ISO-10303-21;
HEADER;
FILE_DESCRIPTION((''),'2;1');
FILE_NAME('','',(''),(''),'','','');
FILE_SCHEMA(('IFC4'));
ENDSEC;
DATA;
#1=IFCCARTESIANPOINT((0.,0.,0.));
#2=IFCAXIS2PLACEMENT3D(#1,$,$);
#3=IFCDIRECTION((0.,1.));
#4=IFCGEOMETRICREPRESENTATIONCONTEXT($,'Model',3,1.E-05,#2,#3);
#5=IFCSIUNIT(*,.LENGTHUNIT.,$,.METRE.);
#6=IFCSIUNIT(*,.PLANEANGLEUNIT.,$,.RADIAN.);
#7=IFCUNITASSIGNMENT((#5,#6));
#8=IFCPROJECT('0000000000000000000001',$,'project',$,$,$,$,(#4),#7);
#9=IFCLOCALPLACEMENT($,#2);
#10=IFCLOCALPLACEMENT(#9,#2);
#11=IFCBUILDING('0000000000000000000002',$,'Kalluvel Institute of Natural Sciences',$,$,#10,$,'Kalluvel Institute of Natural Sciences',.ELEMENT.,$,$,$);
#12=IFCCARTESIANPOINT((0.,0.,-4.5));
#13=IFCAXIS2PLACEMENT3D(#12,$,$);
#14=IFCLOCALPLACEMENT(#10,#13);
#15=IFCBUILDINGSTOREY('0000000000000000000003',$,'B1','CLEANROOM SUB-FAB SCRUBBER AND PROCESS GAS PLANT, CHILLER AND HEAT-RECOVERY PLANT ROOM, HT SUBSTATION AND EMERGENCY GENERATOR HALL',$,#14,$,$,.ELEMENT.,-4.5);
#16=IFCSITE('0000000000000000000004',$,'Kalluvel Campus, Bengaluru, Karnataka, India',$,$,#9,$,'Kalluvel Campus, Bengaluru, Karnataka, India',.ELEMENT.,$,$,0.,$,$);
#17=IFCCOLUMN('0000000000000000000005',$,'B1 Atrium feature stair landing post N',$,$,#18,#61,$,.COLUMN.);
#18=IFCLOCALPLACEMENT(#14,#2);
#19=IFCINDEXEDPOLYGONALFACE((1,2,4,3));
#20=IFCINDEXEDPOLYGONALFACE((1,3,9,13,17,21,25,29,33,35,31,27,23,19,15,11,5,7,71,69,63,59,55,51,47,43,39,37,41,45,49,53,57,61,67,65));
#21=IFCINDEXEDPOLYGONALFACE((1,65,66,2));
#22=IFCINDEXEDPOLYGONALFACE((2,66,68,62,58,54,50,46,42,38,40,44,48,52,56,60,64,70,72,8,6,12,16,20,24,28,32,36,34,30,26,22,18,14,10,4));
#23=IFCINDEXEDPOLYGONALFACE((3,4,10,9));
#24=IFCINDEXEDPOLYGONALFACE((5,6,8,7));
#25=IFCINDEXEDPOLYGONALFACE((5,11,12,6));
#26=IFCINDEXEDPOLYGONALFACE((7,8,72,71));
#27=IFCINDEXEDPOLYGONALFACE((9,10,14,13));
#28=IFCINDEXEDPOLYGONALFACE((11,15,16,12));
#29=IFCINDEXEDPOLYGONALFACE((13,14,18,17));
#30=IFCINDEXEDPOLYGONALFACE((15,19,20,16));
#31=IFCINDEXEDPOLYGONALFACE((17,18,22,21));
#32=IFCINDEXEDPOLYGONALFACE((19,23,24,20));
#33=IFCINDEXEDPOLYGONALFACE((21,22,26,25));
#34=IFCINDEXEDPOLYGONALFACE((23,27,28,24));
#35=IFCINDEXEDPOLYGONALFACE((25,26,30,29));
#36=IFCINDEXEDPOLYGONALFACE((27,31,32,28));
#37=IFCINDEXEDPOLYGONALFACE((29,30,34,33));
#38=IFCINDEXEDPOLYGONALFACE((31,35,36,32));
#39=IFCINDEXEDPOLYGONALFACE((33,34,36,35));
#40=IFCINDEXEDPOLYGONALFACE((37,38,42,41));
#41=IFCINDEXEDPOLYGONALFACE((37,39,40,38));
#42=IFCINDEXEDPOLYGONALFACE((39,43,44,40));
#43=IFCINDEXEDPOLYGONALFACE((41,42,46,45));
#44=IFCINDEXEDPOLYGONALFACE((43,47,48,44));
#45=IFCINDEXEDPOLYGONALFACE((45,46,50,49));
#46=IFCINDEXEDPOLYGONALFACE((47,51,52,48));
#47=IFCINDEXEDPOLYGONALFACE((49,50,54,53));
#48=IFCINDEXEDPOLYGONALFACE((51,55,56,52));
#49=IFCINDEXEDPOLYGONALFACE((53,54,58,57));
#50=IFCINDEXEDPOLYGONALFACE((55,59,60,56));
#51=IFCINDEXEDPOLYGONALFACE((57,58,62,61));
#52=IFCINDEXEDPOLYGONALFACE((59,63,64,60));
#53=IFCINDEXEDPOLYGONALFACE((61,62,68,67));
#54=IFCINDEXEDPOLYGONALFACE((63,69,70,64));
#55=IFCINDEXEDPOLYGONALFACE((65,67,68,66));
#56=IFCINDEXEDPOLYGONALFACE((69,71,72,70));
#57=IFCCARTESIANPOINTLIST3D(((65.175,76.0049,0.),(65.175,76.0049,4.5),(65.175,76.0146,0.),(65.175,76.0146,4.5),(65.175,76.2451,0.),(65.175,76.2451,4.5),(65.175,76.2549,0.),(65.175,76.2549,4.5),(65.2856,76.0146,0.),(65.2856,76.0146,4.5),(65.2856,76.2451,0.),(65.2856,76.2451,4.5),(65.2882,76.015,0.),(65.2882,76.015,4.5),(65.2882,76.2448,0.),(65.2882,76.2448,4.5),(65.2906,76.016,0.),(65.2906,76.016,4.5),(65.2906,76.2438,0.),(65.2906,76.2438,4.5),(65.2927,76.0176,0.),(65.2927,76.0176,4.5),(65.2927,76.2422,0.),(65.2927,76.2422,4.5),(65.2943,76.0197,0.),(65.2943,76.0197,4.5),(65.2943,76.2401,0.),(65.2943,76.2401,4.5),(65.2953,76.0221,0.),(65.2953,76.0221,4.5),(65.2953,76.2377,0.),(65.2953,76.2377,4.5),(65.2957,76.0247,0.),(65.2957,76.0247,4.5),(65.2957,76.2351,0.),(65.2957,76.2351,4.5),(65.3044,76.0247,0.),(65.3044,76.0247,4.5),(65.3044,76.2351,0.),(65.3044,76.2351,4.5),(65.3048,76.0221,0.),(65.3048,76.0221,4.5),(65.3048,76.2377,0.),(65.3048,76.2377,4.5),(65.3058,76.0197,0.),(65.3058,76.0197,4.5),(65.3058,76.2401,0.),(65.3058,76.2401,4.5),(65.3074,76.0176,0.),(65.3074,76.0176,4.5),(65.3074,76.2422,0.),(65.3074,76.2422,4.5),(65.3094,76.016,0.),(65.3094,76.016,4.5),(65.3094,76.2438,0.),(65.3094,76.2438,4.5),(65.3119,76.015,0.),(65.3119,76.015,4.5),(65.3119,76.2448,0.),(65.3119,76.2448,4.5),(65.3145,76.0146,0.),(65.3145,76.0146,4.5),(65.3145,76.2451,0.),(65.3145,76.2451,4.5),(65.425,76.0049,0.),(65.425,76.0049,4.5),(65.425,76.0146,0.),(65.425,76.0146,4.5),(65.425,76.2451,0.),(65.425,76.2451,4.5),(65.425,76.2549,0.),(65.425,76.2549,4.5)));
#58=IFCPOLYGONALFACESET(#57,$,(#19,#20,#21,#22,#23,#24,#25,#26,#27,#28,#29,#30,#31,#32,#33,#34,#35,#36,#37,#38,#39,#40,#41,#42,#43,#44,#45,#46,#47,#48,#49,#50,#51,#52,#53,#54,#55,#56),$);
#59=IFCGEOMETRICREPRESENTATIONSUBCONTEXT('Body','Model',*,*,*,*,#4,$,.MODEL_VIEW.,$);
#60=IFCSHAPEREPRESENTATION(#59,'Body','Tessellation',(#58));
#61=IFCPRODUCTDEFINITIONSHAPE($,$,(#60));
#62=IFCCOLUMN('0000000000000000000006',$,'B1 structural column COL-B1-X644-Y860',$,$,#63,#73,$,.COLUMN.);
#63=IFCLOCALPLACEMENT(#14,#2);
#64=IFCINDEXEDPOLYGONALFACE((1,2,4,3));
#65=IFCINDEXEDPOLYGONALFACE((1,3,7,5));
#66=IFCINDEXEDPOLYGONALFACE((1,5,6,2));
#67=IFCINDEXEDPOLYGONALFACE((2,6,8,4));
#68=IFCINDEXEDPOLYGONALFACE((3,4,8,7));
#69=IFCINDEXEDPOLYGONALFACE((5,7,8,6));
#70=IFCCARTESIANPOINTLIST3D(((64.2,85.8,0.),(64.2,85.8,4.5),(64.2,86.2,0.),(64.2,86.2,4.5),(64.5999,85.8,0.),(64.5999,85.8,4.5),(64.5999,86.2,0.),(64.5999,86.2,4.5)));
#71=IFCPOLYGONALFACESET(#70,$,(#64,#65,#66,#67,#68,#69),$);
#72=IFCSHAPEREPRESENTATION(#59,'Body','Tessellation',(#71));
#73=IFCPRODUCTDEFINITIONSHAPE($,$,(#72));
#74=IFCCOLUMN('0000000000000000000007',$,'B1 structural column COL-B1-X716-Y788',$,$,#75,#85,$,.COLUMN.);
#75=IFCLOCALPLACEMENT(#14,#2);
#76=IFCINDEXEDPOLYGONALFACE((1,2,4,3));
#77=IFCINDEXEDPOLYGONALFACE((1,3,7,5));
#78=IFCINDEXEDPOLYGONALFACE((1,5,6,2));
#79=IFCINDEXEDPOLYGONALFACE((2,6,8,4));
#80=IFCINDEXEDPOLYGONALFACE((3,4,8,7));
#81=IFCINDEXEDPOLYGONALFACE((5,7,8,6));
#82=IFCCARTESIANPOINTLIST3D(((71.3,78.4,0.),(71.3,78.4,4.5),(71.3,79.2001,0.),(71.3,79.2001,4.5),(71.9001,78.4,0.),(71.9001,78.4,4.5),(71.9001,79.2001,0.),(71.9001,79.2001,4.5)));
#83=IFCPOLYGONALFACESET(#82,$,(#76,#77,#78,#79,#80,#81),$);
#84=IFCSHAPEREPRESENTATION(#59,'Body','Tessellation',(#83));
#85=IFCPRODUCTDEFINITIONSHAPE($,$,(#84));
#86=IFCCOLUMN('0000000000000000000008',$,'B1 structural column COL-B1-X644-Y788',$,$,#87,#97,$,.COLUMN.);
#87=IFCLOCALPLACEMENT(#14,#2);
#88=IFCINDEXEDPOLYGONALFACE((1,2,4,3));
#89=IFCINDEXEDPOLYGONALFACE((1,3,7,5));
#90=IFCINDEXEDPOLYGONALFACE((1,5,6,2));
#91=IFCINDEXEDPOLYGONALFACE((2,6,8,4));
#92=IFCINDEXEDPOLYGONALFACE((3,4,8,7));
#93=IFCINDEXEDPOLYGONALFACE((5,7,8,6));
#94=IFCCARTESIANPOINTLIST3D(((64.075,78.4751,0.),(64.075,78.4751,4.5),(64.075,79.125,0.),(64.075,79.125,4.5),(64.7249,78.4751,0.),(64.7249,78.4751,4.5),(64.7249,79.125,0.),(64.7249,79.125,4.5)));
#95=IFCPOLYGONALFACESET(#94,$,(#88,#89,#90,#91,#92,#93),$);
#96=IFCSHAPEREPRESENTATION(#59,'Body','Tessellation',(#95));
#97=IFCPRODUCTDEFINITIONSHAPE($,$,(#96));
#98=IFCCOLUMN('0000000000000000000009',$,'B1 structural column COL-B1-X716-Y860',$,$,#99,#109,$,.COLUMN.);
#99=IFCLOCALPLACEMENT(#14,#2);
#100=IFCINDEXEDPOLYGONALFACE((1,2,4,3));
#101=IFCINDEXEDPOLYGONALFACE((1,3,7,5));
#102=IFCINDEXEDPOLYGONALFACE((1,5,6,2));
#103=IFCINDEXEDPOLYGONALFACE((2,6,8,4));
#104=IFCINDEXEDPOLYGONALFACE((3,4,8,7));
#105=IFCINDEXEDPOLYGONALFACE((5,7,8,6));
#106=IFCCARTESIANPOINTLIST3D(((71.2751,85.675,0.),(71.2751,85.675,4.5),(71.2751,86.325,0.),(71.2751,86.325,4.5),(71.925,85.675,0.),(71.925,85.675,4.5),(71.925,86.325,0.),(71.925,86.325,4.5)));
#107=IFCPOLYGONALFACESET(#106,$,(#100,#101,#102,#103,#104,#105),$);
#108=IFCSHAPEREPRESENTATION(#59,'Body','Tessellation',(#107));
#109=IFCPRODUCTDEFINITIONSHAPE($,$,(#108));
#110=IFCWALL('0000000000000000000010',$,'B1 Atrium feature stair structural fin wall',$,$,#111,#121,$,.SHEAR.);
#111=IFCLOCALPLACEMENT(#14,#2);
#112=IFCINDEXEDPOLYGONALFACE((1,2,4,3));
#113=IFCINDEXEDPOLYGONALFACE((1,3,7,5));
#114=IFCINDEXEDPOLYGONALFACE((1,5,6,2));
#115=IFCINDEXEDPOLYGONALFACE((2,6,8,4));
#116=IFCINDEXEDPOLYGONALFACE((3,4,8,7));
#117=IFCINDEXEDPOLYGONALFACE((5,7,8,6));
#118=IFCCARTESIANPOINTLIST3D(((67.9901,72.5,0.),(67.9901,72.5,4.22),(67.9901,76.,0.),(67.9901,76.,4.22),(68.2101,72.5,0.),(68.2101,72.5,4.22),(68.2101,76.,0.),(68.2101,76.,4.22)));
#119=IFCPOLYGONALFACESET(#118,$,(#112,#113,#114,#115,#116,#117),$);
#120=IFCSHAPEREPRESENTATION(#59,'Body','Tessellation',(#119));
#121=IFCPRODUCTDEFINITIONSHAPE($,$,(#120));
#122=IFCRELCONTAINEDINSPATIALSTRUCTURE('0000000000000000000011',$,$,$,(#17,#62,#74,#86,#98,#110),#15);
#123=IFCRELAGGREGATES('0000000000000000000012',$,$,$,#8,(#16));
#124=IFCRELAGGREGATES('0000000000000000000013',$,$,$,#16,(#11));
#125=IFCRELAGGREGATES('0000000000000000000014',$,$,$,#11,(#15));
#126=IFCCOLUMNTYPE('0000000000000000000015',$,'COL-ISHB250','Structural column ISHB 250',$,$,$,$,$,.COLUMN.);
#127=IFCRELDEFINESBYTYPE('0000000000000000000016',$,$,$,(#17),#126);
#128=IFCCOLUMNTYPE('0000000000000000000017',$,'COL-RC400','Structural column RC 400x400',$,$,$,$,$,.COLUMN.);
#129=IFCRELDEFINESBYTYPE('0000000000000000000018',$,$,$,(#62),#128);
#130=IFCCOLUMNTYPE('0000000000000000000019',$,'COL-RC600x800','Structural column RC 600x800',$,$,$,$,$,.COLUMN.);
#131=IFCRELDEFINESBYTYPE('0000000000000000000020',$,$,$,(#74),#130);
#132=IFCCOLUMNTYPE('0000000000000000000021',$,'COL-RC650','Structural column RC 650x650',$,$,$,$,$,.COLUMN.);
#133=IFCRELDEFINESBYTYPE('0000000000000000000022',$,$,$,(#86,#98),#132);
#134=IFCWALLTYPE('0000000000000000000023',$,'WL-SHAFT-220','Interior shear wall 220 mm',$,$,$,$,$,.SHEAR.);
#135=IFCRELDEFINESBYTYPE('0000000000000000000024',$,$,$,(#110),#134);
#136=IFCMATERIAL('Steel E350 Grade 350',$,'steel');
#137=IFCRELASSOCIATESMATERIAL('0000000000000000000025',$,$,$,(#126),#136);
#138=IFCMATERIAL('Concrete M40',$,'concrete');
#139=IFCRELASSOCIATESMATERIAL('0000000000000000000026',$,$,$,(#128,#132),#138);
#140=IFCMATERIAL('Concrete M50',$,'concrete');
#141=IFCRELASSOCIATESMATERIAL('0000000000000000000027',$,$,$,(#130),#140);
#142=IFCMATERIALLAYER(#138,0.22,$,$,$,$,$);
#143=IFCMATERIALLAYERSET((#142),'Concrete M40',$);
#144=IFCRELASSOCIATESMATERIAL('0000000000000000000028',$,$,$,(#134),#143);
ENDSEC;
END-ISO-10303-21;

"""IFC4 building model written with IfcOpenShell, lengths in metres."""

from ifc_helpers import new_model, si_unit, direction, frame, frame_2d, origin, origin_2d, place, context, subcontext, project, spatial, rectangle, i_section, extrude, material, layer, layer_set, material_profile, profile_set, type_object, element, save


model = new_model("IFC4")

# Units and contexts
model_context = context("Model", 3, precision=1e-05, world=origin(), true_north=direction((0.0, 1.0)))
body_context = subcontext(model_context, "Body", "Model", "MODEL_VIEW")
ifc_project = project(units=[si_unit("LENGTHUNIT", "METRE"), si_unit("PLANEANGLEUNIT", "RADIAN")], contexts=[model_context])

# Site, building, storey
site_placement = place(None, origin())
site = spatial("IfcSite", under=ifc_project, at=site_placement, Name="Kalluvel Campus, Bengaluru, Karnataka, India", LongName="Kalluvel Campus, Bengaluru, Karnataka, India", CompositionType="ELEMENT", RefElevation=0.0)
building_placement = place(site_placement, origin())
building = spatial("IfcBuilding", under=site, at=building_placement, Name="Kalluvel Institute of Natural Sciences", LongName="Kalluvel Institute of Natural Sciences", CompositionType="ELEMENT")
storey_placement = place(building_placement, frame((0.0, 0.0, -4.5)))
storey = spatial("IfcBuildingStorey", under=building, at=storey_placement, Name="B1", Description="CLEANROOM SUB-FAB SCRUBBER AND PROCESS GAS PLANT, CHILLER AND HEAT-RECOVERY PLANT ROOM, HT SUBSTATION AND EMERGENCY GENERATOR HALL", CompositionType="ELEMENT", Elevation=-4.5)

# Shared definitions
ifc_material_1 = material(Name="Concrete M40", Category="concrete")

# Columns
ifc_material_2 = material(Name="Steel E350 Grade 350", Category="steel")
ifc_material_profile_1 = material_profile(ifc_material_2, i_section(OverallWidth=0.25, OverallDepth=0.25, WebThickness=0.0088, FlangeThickness=0.0098, FilletRadius=0.01, at=origin_2d()), Name="ISHB 250")
ifc_profile_set_1 = profile_set([ifc_material_profile_1], Name="Steel E350 Grade 350")
column_type_1 = type_object("IfcColumnType", Name="COL-ISHB250", Description="Structural column ISHB 250", PredefinedType="COLUMN", material=ifc_profile_set_1)
for number, where, z_axis, x_axis, name in (
    (1, (65.3, 76.1299, 0.0), (0.0, 0.0, 1.0), (1.0, 0.0, 0.0), "B1 Atrium feature stair landing post N"),
):
    element("IfcColumn", number, at=place(storey_placement, frame(where, z_axis=z_axis, x_axis=x_axis)), inside=storey, type_object=column_type_1, Name=name, PredefinedType="COLUMN", context=body_context, shape_type="SweptSolid", body=[
        extrude(i_section(OverallWidth=0.25, OverallDepth=0.25, WebThickness=0.0088, FlangeThickness=0.0098, FilletRadius=0.01, at=origin_2d()), origin(), (0.0, 0.0, 1.0), 4.5),
    ])
ifc_material_profile_2 = material_profile(ifc_material_1, rectangle(XDim=0.3999, YDim=0.3999, at=origin_2d()), Name="RC 400x400")
ifc_profile_set_2 = profile_set([ifc_material_profile_2], Name="Concrete M40")
column_type_2 = type_object("IfcColumnType", Name="COL-RC400", Description="Structural column RC 400x400", PredefinedType="COLUMN", material=ifc_profile_set_2)
column_1_placement = place(storey_placement, frame((64.3999, 86.0, 0.0), z_axis=(0.0, 0.0, 1.0), x_axis=(1.0, 0.0, 0.0)))
element("IfcColumn", 2, at=column_1_placement, inside=storey, type_object=column_type_2, Name="B1 structural column COL-B1-X644-Y860", PredefinedType="COLUMN", context=body_context, shape_type="SweptSolid", body=[
    extrude(rectangle(XDim=0.3999, YDim=0.3999, at=origin_2d()), origin(), (0.0, 0.0, 1.0), 4.5),
])
ifc_material_3 = material(Name="Concrete M50", Category="concrete")
ifc_material_profile_3 = material_profile(ifc_material_3, rectangle(XDim=0.6001, YDim=0.8, at=origin_2d()), Name="RC 600x800")
ifc_profile_set_3 = profile_set([ifc_material_profile_3], Name="Concrete M50")
column_type_3 = type_object("IfcColumnType", Name="COL-RC600x800", Description="Structural column RC 600x800", PredefinedType="COLUMN", material=ifc_profile_set_3)
column_2_placement = place(storey_placement, frame((71.6001, 78.8, 0.0), z_axis=(0.0, 0.0, 1.0), x_axis=(1.0, 0.0, 0.0)))
element("IfcColumn", 3, at=column_2_placement, inside=storey, type_object=column_type_3, Name="B1 structural column COL-B1-X716-Y788", PredefinedType="COLUMN", context=body_context, shape_type="SweptSolid", body=[
    extrude(rectangle(XDim=0.6001, YDim=0.8, at=origin_2d()), origin(), (0.0, 0.0, 1.0), 4.5),
])
ifc_material_profile_4 = material_profile(ifc_material_1, rectangle(XDim=0.6499, YDim=0.6499, at=origin_2d()), Name="RC 650x650")
ifc_profile_set_4 = profile_set([ifc_material_profile_4], Name="Concrete M40")
column_type_4 = type_object("IfcColumnType", Name="COL-RC650", Description="Structural column RC 650x650", PredefinedType="COLUMN", material=ifc_profile_set_4)
for number, where, z_axis, x_axis, name in (
    (4, (64.3999, 78.8, 0.0), (0.0, 0.0, 1.0), (1.0, 0.0, 0.0), "B1 structural column COL-B1-X644-Y788"),
    (5, (71.6001, 86.0, 0.0), (0.0, 0.0, 1.0), (1.0, 0.0, 0.0), "B1 structural column COL-B1-X716-Y860"),
):
    element("IfcColumn", number, at=place(storey_placement, frame(where, z_axis=z_axis, x_axis=x_axis)), inside=storey, type_object=column_type_4, Name=name, PredefinedType="COLUMN", context=body_context, shape_type="SweptSolid", body=[
        extrude(rectangle(XDim=0.6499, YDim=0.6499, at=origin_2d()), origin(), (0.0, 0.0, 1.0), 4.5),
    ])

# Wall
ifc_layer = layer(ifc_material_1, 0.22)
ifc_layer_set = layer_set([ifc_layer], Name="Concrete M40")
wall_type = type_object("IfcWallType", Name="WL-SHAFT-220", Description="Interior shear wall 220 mm", PredefinedType="SHEAR", material=ifc_layer_set)
wall_placement = place(storey_placement, frame((68.1001, 72.5, 0.0), z_axis=(0.0, 0.0, 1.0), x_axis=(0.0, 1.0, 0.0)))
element("IfcWall", 6, at=wall_placement, inside=storey, type_object=wall_type, Name="B1 Atrium feature stair structural fin wall", PredefinedType="SHEAR", context=body_context, shape_type="SweptSolid", body=[
    extrude(rectangle(XDim=3.5, YDim=0.22, at=frame_2d((1.75, 0.0))), origin(), (0.0, 0.0, 1.0), 4.22),
])

save(model, "model.ifc")
